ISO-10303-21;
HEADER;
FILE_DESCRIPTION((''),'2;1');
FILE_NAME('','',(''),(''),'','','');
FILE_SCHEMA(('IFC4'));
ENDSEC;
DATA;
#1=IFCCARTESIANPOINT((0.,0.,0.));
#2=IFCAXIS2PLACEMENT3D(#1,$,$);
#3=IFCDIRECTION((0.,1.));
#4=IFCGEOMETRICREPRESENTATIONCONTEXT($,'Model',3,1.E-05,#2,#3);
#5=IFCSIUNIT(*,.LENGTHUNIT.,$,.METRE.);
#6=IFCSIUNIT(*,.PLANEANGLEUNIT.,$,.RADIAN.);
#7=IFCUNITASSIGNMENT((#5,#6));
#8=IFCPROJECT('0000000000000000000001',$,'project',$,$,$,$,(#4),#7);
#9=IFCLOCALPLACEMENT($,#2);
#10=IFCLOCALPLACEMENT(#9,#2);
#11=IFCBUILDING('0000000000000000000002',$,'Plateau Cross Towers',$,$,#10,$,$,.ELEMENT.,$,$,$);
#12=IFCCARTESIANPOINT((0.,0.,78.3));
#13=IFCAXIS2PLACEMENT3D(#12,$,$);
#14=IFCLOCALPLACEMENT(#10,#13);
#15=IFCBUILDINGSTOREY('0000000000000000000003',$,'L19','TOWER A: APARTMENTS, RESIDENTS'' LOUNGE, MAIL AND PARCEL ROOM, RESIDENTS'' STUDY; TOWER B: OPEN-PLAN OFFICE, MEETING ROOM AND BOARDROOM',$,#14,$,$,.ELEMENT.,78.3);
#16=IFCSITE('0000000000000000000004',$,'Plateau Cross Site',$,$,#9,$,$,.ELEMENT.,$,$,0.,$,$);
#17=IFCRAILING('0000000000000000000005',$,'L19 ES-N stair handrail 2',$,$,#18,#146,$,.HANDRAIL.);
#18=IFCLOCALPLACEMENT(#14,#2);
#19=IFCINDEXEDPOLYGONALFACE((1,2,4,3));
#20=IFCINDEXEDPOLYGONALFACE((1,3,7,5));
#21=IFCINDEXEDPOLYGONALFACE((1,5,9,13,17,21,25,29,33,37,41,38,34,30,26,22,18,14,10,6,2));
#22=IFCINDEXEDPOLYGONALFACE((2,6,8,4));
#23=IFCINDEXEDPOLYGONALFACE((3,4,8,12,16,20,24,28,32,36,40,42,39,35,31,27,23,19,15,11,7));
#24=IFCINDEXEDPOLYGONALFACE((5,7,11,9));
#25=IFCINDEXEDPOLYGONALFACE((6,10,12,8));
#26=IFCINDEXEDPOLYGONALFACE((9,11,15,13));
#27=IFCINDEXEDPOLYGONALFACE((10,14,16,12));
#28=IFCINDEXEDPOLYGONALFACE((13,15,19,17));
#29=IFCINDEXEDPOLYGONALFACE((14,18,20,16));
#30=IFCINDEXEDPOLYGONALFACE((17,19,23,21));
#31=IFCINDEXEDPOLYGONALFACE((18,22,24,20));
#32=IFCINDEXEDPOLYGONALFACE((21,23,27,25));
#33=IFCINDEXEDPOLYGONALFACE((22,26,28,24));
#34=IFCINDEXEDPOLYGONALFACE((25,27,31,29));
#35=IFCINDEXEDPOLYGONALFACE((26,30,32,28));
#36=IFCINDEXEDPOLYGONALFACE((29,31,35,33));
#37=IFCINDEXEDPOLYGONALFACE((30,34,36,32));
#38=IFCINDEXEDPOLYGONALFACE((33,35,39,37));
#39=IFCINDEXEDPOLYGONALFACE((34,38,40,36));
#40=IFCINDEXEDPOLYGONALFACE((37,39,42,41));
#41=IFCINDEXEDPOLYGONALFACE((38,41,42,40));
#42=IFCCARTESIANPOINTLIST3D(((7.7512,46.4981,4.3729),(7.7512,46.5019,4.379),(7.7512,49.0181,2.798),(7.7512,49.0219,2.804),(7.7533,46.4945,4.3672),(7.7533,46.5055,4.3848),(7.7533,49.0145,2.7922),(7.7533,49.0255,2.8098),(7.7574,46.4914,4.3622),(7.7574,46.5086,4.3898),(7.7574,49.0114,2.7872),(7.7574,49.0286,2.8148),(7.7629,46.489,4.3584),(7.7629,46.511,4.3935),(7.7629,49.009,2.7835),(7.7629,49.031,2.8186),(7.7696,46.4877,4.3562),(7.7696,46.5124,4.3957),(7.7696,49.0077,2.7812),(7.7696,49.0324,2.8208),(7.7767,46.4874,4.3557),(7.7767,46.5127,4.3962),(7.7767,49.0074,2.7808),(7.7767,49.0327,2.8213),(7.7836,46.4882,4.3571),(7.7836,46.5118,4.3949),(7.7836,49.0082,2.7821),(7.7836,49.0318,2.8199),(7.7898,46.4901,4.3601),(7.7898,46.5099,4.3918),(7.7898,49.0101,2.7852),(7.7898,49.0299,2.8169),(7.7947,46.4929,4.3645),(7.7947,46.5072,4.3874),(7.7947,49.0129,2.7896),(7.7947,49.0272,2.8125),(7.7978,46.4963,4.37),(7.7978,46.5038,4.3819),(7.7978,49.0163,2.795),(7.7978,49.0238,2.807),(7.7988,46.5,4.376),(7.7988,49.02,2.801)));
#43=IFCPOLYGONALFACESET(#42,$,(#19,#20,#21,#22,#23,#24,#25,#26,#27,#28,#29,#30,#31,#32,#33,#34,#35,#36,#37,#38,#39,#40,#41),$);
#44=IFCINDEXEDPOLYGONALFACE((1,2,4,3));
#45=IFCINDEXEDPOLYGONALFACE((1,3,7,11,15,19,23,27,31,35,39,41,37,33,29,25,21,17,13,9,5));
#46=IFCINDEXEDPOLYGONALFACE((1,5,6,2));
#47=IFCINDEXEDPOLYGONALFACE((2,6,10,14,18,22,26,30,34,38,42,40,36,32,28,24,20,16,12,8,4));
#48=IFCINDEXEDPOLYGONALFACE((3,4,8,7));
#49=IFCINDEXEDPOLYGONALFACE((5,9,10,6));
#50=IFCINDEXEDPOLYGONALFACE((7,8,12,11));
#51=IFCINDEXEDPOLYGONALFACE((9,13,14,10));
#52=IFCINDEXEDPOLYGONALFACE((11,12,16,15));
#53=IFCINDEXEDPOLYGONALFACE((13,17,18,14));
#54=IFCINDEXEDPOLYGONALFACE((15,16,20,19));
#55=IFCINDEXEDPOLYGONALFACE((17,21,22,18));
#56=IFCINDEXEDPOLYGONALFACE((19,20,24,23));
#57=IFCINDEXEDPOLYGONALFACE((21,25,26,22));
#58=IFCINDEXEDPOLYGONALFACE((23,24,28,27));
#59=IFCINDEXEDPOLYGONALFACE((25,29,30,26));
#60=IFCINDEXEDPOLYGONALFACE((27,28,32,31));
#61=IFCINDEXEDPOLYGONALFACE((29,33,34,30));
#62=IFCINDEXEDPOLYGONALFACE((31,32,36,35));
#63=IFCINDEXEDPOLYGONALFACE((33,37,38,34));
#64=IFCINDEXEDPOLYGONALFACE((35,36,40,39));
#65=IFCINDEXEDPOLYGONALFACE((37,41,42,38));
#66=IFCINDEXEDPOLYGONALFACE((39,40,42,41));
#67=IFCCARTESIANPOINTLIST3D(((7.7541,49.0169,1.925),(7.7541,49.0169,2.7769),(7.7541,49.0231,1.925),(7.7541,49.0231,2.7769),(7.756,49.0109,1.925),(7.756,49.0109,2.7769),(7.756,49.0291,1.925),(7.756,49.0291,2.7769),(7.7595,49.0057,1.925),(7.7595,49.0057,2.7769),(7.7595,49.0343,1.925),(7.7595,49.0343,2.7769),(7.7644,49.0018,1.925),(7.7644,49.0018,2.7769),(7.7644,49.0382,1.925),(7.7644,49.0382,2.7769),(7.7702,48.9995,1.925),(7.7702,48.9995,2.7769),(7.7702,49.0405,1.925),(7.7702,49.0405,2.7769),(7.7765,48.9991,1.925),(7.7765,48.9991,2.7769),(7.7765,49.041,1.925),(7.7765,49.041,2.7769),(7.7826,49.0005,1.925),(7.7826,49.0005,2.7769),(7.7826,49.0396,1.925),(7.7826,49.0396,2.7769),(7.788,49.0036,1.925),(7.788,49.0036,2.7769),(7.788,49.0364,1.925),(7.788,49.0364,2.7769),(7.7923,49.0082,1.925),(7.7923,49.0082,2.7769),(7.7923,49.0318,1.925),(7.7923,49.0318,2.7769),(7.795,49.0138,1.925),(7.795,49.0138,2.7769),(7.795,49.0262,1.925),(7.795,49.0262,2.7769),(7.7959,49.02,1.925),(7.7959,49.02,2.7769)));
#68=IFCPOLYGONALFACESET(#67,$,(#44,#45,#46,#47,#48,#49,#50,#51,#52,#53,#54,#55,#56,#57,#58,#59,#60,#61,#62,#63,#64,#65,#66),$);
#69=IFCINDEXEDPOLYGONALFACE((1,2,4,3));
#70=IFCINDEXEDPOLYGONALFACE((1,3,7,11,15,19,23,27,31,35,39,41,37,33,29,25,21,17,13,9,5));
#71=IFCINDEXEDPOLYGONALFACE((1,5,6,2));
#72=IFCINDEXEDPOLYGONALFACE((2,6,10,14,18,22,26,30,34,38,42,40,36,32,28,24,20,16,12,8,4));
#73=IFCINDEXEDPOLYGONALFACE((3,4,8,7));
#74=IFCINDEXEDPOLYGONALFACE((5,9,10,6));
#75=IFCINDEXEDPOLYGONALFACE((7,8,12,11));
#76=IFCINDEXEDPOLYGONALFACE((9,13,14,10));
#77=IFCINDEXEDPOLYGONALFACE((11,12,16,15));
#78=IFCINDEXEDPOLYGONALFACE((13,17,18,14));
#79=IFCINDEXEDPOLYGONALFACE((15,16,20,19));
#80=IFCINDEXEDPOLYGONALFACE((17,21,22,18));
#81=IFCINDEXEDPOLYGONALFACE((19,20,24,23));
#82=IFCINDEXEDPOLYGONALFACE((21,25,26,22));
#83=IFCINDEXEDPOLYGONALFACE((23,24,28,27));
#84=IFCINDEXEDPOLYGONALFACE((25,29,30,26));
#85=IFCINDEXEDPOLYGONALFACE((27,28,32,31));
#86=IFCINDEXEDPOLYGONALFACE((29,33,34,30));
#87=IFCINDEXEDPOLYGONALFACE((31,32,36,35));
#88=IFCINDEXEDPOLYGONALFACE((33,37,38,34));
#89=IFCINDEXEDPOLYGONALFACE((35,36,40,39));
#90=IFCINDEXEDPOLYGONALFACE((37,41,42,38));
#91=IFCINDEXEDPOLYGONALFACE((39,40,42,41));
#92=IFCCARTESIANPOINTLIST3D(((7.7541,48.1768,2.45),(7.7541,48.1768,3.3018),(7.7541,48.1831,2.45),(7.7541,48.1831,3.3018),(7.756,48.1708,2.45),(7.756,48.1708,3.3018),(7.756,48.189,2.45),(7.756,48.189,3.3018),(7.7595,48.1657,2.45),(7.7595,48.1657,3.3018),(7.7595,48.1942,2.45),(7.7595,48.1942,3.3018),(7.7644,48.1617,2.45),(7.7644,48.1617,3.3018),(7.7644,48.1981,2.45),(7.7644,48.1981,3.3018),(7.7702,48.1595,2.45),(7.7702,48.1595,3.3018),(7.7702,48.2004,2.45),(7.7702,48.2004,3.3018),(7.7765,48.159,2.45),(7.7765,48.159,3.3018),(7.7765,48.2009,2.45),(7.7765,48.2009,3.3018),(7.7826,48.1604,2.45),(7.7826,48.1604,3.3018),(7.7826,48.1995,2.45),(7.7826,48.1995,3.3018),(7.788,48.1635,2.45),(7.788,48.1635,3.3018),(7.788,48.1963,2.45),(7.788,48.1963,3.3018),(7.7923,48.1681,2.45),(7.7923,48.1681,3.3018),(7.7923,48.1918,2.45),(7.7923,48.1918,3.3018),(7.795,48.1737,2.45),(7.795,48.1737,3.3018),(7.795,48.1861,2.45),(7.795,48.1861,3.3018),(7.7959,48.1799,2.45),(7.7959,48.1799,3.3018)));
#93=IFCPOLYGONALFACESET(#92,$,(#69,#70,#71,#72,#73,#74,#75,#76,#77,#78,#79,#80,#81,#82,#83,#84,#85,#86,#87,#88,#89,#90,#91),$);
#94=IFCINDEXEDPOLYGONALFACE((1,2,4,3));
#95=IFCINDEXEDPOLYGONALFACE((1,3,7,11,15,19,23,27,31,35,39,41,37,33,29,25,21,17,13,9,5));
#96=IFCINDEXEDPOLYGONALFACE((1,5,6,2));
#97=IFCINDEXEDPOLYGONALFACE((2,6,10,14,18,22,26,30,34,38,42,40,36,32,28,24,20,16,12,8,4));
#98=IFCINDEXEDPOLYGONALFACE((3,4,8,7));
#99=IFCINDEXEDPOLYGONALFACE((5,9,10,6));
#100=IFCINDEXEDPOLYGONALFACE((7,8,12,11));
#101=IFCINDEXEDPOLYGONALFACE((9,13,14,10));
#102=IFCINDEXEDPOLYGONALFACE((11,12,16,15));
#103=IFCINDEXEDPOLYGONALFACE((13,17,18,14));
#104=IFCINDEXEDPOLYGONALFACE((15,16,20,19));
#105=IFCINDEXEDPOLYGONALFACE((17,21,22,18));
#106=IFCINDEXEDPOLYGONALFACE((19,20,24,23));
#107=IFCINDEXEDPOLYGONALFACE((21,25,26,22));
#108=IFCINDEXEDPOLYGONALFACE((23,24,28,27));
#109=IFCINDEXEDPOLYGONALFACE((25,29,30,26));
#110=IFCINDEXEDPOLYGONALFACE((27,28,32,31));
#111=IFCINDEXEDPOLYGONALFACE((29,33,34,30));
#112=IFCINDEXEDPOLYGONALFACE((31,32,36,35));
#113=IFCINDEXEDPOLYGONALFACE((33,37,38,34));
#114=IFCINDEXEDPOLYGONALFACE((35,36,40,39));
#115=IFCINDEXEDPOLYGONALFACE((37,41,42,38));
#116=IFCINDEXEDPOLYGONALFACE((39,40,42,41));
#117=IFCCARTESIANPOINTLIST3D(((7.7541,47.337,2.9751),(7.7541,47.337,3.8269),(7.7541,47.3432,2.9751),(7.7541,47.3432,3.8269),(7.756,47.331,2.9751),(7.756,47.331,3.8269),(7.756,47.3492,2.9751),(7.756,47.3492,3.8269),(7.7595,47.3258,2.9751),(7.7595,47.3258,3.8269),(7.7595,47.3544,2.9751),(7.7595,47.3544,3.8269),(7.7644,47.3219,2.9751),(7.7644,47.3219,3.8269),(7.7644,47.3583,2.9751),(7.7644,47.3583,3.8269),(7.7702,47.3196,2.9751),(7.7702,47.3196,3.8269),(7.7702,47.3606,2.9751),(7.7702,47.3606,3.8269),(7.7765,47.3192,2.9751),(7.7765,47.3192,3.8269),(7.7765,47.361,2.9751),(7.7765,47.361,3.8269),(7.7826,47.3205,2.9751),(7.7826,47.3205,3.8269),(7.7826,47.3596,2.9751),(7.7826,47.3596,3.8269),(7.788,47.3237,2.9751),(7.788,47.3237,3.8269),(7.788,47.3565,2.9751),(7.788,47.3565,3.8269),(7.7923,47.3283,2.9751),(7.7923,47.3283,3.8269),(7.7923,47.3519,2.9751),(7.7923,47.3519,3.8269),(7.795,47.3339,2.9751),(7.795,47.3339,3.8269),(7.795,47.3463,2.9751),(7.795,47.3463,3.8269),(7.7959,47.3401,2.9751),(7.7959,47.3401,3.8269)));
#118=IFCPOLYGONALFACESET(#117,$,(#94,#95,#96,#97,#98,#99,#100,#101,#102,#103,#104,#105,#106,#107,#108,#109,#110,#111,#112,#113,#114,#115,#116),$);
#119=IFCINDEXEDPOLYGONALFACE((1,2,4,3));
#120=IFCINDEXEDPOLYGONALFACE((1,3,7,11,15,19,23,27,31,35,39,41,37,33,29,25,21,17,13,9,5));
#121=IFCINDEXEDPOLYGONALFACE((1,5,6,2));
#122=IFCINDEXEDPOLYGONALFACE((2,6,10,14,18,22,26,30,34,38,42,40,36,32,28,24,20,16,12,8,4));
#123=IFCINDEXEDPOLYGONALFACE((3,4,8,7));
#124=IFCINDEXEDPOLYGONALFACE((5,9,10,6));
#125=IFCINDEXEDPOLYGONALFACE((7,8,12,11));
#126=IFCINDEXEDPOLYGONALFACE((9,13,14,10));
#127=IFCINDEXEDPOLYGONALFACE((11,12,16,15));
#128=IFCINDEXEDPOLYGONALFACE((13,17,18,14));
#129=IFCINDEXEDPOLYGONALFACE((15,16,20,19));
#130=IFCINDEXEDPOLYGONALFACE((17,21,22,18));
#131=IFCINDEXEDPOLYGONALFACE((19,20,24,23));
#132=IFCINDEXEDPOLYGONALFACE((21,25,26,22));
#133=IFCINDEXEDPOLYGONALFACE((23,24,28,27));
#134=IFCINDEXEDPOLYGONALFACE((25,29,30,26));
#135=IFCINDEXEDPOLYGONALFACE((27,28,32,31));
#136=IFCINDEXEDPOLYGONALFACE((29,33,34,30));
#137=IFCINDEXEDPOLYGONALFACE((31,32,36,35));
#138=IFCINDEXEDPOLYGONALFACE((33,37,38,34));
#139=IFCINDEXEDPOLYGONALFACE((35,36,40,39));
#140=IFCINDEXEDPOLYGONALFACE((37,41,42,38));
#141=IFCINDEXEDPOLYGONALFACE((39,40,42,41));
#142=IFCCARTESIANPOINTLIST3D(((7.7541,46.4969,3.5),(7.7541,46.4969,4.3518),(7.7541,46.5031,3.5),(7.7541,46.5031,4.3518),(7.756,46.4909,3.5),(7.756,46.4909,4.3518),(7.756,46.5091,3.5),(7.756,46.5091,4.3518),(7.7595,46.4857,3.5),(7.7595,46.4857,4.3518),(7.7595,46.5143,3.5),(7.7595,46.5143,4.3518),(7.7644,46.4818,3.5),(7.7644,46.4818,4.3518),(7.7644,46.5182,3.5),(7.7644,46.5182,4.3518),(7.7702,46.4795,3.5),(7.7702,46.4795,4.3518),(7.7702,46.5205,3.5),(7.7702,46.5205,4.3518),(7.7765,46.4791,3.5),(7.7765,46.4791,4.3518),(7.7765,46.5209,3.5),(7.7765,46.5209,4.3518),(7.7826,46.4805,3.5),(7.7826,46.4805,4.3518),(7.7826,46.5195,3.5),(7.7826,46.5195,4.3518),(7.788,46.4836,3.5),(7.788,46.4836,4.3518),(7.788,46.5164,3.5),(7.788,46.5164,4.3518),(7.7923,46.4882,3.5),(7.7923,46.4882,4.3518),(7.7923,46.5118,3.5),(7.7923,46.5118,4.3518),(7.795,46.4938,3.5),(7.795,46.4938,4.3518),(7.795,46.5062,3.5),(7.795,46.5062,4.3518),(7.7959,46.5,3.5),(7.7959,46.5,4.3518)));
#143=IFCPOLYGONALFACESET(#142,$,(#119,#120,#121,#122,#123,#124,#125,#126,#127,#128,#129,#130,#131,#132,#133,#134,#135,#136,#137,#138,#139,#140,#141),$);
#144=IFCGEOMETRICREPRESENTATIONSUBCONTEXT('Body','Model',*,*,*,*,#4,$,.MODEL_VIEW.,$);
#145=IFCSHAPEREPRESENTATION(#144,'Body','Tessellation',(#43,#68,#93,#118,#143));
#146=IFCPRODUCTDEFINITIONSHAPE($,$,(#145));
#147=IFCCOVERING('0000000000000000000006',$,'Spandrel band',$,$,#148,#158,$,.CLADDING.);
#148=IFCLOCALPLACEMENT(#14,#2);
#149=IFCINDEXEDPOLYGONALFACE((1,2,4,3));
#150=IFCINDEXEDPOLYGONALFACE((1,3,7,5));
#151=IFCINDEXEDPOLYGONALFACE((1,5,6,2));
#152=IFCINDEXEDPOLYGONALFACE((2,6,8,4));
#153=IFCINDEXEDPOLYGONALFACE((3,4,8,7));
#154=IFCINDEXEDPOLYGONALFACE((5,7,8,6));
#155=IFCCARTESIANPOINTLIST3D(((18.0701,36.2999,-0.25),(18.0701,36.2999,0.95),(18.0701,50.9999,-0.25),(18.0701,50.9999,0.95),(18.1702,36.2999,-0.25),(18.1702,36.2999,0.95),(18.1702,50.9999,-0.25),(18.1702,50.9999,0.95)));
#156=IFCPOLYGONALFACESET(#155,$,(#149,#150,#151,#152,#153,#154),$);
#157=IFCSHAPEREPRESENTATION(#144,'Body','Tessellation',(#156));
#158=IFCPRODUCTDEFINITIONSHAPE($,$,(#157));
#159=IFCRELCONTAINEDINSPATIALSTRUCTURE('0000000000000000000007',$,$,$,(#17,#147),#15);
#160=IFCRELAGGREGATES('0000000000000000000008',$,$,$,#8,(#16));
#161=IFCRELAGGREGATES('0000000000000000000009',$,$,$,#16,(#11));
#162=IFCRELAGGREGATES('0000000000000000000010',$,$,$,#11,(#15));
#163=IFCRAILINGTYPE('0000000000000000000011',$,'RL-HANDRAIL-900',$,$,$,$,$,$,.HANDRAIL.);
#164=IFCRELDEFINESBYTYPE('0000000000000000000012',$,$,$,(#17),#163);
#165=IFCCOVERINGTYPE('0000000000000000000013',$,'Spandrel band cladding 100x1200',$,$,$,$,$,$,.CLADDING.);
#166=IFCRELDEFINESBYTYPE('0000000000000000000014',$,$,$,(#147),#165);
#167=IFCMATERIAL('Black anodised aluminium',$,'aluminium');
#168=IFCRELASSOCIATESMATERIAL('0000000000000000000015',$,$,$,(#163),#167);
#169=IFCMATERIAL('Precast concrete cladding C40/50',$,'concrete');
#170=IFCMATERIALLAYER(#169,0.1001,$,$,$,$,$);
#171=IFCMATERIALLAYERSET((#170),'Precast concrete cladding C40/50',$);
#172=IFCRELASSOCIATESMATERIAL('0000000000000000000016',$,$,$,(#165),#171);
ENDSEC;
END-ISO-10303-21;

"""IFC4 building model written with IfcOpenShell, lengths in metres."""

from ifc_helpers import new_model, si_unit, direction, frame, origin, origin_2d, place, context, subcontext, project, spatial, rectangle, circle, extrude, material, layer, layer_set, type_object, element, save


model = new_model("IFC4")

# Units and contexts
model_context = context("Model", 3, precision=1e-05, world=origin(), true_north=direction((0.0, 1.0)))
body_context = subcontext(model_context, "Body", "Model", "MODEL_VIEW")
ifc_project = project(units=[si_unit("LENGTHUNIT", "METRE"), si_unit("PLANEANGLEUNIT", "RADIAN")], contexts=[model_context])

# Site, building, storey
site_placement = place(None, origin())
site = spatial("IfcSite", under=ifc_project, at=site_placement, Name="Plateau Cross Site", CompositionType="ELEMENT", RefElevation=0.0)
building_placement = place(site_placement, origin())
building = spatial("IfcBuilding", under=site, at=building_placement, Name="Plateau Cross Towers", CompositionType="ELEMENT")
storey_placement = place(building_placement, frame((0.0, 0.0, 78.3)))
storey = spatial("IfcBuildingStorey", under=building, at=storey_placement, Name="L19", Description="TOWER A: APARTMENTS, RESIDENTS' LOUNGE, MAIL AND PARCEL ROOM, RESIDENTS' STUDY; TOWER B: OPEN-PLAN OFFICE, MEETING ROOM AND BOARDROOM", CompositionType="ELEMENT", Elevation=78.3)

# Shared definitions
ifc_material_1 = material(Name="Black anodised aluminium", Category="aluminium")

# Railing
railing_type_1 = type_object("IfcRailingType", Name="RL-HANDRAIL-900", PredefinedType="HANDRAIL", material=ifc_material_1)
railing_1_placement = place(storey_placement, frame((7.7749, 49.02, 1.925)))
element("IfcRailing", 1, at=railing_1_placement, inside=storey, type_object=railing_type_1, Name="L19 ES-N stair handrail 2", PredefinedType="HANDRAIL", context=body_context, shape_type="SweptSolid", body=[
    extrude(circle(Radius=0.0239, at=origin_2d()), frame((0.0, 0.0, 0.876), z_axis=(0.0, -0.848008, 0.529984), x_axis=(1.0, 0.0, 0.0)), (0.0, 0.0, 1.0), 2.9717),
    extrude(circle(Radius=0.021, at=origin_2d()), origin(), (0.0, 0.0, 1.0), 0.8518),
    extrude(circle(Radius=0.021, at=origin_2d()), frame((0.0, -0.8401, 0.5249)), (0.0, 0.0, 1.0), 0.8518),
    extrude(circle(Radius=0.021, at=origin_2d()), frame((0.0, -1.6799, 1.05)), (0.0, 0.0, 1.0), 0.8518),
    extrude(circle(Radius=0.021, at=origin_2d()), frame((0.0, -2.52, 1.575)), (0.0, 0.0, 1.0), 0.8518),
])

# Covering
ifc_material_2 = material(Name="Precast concrete cladding C40/50", Category="concrete")
ifc_layer_1 = layer(ifc_material_2, 0.1001)
ifc_layer_set_1 = layer_set([ifc_layer_1], Name="Precast concrete cladding C40/50")
covering_type = type_object("IfcCoveringType", Name="Spandrel band cladding 100x1200", PredefinedType="CLADDING", material=ifc_layer_set_1)
covering_placement = place(storey_placement, frame((18.1201, 43.6499, -0.25), z_axis=(0.0, 0.0, 1.0), x_axis=(0.0, 1.0, 0.0)))
element("IfcCovering", 2, at=covering_placement, inside=storey, type_object=covering_type, Name="Spandrel band", PredefinedType="CLADDING", context=body_context, shape_type="SweptSolid", body=[
    extrude(rectangle(XDim=14.7, YDim=0.1001, at=origin_2d()), origin(), (0.0, 0.0, 1.0), 1.2),
])

save(model, "model.ifc")
